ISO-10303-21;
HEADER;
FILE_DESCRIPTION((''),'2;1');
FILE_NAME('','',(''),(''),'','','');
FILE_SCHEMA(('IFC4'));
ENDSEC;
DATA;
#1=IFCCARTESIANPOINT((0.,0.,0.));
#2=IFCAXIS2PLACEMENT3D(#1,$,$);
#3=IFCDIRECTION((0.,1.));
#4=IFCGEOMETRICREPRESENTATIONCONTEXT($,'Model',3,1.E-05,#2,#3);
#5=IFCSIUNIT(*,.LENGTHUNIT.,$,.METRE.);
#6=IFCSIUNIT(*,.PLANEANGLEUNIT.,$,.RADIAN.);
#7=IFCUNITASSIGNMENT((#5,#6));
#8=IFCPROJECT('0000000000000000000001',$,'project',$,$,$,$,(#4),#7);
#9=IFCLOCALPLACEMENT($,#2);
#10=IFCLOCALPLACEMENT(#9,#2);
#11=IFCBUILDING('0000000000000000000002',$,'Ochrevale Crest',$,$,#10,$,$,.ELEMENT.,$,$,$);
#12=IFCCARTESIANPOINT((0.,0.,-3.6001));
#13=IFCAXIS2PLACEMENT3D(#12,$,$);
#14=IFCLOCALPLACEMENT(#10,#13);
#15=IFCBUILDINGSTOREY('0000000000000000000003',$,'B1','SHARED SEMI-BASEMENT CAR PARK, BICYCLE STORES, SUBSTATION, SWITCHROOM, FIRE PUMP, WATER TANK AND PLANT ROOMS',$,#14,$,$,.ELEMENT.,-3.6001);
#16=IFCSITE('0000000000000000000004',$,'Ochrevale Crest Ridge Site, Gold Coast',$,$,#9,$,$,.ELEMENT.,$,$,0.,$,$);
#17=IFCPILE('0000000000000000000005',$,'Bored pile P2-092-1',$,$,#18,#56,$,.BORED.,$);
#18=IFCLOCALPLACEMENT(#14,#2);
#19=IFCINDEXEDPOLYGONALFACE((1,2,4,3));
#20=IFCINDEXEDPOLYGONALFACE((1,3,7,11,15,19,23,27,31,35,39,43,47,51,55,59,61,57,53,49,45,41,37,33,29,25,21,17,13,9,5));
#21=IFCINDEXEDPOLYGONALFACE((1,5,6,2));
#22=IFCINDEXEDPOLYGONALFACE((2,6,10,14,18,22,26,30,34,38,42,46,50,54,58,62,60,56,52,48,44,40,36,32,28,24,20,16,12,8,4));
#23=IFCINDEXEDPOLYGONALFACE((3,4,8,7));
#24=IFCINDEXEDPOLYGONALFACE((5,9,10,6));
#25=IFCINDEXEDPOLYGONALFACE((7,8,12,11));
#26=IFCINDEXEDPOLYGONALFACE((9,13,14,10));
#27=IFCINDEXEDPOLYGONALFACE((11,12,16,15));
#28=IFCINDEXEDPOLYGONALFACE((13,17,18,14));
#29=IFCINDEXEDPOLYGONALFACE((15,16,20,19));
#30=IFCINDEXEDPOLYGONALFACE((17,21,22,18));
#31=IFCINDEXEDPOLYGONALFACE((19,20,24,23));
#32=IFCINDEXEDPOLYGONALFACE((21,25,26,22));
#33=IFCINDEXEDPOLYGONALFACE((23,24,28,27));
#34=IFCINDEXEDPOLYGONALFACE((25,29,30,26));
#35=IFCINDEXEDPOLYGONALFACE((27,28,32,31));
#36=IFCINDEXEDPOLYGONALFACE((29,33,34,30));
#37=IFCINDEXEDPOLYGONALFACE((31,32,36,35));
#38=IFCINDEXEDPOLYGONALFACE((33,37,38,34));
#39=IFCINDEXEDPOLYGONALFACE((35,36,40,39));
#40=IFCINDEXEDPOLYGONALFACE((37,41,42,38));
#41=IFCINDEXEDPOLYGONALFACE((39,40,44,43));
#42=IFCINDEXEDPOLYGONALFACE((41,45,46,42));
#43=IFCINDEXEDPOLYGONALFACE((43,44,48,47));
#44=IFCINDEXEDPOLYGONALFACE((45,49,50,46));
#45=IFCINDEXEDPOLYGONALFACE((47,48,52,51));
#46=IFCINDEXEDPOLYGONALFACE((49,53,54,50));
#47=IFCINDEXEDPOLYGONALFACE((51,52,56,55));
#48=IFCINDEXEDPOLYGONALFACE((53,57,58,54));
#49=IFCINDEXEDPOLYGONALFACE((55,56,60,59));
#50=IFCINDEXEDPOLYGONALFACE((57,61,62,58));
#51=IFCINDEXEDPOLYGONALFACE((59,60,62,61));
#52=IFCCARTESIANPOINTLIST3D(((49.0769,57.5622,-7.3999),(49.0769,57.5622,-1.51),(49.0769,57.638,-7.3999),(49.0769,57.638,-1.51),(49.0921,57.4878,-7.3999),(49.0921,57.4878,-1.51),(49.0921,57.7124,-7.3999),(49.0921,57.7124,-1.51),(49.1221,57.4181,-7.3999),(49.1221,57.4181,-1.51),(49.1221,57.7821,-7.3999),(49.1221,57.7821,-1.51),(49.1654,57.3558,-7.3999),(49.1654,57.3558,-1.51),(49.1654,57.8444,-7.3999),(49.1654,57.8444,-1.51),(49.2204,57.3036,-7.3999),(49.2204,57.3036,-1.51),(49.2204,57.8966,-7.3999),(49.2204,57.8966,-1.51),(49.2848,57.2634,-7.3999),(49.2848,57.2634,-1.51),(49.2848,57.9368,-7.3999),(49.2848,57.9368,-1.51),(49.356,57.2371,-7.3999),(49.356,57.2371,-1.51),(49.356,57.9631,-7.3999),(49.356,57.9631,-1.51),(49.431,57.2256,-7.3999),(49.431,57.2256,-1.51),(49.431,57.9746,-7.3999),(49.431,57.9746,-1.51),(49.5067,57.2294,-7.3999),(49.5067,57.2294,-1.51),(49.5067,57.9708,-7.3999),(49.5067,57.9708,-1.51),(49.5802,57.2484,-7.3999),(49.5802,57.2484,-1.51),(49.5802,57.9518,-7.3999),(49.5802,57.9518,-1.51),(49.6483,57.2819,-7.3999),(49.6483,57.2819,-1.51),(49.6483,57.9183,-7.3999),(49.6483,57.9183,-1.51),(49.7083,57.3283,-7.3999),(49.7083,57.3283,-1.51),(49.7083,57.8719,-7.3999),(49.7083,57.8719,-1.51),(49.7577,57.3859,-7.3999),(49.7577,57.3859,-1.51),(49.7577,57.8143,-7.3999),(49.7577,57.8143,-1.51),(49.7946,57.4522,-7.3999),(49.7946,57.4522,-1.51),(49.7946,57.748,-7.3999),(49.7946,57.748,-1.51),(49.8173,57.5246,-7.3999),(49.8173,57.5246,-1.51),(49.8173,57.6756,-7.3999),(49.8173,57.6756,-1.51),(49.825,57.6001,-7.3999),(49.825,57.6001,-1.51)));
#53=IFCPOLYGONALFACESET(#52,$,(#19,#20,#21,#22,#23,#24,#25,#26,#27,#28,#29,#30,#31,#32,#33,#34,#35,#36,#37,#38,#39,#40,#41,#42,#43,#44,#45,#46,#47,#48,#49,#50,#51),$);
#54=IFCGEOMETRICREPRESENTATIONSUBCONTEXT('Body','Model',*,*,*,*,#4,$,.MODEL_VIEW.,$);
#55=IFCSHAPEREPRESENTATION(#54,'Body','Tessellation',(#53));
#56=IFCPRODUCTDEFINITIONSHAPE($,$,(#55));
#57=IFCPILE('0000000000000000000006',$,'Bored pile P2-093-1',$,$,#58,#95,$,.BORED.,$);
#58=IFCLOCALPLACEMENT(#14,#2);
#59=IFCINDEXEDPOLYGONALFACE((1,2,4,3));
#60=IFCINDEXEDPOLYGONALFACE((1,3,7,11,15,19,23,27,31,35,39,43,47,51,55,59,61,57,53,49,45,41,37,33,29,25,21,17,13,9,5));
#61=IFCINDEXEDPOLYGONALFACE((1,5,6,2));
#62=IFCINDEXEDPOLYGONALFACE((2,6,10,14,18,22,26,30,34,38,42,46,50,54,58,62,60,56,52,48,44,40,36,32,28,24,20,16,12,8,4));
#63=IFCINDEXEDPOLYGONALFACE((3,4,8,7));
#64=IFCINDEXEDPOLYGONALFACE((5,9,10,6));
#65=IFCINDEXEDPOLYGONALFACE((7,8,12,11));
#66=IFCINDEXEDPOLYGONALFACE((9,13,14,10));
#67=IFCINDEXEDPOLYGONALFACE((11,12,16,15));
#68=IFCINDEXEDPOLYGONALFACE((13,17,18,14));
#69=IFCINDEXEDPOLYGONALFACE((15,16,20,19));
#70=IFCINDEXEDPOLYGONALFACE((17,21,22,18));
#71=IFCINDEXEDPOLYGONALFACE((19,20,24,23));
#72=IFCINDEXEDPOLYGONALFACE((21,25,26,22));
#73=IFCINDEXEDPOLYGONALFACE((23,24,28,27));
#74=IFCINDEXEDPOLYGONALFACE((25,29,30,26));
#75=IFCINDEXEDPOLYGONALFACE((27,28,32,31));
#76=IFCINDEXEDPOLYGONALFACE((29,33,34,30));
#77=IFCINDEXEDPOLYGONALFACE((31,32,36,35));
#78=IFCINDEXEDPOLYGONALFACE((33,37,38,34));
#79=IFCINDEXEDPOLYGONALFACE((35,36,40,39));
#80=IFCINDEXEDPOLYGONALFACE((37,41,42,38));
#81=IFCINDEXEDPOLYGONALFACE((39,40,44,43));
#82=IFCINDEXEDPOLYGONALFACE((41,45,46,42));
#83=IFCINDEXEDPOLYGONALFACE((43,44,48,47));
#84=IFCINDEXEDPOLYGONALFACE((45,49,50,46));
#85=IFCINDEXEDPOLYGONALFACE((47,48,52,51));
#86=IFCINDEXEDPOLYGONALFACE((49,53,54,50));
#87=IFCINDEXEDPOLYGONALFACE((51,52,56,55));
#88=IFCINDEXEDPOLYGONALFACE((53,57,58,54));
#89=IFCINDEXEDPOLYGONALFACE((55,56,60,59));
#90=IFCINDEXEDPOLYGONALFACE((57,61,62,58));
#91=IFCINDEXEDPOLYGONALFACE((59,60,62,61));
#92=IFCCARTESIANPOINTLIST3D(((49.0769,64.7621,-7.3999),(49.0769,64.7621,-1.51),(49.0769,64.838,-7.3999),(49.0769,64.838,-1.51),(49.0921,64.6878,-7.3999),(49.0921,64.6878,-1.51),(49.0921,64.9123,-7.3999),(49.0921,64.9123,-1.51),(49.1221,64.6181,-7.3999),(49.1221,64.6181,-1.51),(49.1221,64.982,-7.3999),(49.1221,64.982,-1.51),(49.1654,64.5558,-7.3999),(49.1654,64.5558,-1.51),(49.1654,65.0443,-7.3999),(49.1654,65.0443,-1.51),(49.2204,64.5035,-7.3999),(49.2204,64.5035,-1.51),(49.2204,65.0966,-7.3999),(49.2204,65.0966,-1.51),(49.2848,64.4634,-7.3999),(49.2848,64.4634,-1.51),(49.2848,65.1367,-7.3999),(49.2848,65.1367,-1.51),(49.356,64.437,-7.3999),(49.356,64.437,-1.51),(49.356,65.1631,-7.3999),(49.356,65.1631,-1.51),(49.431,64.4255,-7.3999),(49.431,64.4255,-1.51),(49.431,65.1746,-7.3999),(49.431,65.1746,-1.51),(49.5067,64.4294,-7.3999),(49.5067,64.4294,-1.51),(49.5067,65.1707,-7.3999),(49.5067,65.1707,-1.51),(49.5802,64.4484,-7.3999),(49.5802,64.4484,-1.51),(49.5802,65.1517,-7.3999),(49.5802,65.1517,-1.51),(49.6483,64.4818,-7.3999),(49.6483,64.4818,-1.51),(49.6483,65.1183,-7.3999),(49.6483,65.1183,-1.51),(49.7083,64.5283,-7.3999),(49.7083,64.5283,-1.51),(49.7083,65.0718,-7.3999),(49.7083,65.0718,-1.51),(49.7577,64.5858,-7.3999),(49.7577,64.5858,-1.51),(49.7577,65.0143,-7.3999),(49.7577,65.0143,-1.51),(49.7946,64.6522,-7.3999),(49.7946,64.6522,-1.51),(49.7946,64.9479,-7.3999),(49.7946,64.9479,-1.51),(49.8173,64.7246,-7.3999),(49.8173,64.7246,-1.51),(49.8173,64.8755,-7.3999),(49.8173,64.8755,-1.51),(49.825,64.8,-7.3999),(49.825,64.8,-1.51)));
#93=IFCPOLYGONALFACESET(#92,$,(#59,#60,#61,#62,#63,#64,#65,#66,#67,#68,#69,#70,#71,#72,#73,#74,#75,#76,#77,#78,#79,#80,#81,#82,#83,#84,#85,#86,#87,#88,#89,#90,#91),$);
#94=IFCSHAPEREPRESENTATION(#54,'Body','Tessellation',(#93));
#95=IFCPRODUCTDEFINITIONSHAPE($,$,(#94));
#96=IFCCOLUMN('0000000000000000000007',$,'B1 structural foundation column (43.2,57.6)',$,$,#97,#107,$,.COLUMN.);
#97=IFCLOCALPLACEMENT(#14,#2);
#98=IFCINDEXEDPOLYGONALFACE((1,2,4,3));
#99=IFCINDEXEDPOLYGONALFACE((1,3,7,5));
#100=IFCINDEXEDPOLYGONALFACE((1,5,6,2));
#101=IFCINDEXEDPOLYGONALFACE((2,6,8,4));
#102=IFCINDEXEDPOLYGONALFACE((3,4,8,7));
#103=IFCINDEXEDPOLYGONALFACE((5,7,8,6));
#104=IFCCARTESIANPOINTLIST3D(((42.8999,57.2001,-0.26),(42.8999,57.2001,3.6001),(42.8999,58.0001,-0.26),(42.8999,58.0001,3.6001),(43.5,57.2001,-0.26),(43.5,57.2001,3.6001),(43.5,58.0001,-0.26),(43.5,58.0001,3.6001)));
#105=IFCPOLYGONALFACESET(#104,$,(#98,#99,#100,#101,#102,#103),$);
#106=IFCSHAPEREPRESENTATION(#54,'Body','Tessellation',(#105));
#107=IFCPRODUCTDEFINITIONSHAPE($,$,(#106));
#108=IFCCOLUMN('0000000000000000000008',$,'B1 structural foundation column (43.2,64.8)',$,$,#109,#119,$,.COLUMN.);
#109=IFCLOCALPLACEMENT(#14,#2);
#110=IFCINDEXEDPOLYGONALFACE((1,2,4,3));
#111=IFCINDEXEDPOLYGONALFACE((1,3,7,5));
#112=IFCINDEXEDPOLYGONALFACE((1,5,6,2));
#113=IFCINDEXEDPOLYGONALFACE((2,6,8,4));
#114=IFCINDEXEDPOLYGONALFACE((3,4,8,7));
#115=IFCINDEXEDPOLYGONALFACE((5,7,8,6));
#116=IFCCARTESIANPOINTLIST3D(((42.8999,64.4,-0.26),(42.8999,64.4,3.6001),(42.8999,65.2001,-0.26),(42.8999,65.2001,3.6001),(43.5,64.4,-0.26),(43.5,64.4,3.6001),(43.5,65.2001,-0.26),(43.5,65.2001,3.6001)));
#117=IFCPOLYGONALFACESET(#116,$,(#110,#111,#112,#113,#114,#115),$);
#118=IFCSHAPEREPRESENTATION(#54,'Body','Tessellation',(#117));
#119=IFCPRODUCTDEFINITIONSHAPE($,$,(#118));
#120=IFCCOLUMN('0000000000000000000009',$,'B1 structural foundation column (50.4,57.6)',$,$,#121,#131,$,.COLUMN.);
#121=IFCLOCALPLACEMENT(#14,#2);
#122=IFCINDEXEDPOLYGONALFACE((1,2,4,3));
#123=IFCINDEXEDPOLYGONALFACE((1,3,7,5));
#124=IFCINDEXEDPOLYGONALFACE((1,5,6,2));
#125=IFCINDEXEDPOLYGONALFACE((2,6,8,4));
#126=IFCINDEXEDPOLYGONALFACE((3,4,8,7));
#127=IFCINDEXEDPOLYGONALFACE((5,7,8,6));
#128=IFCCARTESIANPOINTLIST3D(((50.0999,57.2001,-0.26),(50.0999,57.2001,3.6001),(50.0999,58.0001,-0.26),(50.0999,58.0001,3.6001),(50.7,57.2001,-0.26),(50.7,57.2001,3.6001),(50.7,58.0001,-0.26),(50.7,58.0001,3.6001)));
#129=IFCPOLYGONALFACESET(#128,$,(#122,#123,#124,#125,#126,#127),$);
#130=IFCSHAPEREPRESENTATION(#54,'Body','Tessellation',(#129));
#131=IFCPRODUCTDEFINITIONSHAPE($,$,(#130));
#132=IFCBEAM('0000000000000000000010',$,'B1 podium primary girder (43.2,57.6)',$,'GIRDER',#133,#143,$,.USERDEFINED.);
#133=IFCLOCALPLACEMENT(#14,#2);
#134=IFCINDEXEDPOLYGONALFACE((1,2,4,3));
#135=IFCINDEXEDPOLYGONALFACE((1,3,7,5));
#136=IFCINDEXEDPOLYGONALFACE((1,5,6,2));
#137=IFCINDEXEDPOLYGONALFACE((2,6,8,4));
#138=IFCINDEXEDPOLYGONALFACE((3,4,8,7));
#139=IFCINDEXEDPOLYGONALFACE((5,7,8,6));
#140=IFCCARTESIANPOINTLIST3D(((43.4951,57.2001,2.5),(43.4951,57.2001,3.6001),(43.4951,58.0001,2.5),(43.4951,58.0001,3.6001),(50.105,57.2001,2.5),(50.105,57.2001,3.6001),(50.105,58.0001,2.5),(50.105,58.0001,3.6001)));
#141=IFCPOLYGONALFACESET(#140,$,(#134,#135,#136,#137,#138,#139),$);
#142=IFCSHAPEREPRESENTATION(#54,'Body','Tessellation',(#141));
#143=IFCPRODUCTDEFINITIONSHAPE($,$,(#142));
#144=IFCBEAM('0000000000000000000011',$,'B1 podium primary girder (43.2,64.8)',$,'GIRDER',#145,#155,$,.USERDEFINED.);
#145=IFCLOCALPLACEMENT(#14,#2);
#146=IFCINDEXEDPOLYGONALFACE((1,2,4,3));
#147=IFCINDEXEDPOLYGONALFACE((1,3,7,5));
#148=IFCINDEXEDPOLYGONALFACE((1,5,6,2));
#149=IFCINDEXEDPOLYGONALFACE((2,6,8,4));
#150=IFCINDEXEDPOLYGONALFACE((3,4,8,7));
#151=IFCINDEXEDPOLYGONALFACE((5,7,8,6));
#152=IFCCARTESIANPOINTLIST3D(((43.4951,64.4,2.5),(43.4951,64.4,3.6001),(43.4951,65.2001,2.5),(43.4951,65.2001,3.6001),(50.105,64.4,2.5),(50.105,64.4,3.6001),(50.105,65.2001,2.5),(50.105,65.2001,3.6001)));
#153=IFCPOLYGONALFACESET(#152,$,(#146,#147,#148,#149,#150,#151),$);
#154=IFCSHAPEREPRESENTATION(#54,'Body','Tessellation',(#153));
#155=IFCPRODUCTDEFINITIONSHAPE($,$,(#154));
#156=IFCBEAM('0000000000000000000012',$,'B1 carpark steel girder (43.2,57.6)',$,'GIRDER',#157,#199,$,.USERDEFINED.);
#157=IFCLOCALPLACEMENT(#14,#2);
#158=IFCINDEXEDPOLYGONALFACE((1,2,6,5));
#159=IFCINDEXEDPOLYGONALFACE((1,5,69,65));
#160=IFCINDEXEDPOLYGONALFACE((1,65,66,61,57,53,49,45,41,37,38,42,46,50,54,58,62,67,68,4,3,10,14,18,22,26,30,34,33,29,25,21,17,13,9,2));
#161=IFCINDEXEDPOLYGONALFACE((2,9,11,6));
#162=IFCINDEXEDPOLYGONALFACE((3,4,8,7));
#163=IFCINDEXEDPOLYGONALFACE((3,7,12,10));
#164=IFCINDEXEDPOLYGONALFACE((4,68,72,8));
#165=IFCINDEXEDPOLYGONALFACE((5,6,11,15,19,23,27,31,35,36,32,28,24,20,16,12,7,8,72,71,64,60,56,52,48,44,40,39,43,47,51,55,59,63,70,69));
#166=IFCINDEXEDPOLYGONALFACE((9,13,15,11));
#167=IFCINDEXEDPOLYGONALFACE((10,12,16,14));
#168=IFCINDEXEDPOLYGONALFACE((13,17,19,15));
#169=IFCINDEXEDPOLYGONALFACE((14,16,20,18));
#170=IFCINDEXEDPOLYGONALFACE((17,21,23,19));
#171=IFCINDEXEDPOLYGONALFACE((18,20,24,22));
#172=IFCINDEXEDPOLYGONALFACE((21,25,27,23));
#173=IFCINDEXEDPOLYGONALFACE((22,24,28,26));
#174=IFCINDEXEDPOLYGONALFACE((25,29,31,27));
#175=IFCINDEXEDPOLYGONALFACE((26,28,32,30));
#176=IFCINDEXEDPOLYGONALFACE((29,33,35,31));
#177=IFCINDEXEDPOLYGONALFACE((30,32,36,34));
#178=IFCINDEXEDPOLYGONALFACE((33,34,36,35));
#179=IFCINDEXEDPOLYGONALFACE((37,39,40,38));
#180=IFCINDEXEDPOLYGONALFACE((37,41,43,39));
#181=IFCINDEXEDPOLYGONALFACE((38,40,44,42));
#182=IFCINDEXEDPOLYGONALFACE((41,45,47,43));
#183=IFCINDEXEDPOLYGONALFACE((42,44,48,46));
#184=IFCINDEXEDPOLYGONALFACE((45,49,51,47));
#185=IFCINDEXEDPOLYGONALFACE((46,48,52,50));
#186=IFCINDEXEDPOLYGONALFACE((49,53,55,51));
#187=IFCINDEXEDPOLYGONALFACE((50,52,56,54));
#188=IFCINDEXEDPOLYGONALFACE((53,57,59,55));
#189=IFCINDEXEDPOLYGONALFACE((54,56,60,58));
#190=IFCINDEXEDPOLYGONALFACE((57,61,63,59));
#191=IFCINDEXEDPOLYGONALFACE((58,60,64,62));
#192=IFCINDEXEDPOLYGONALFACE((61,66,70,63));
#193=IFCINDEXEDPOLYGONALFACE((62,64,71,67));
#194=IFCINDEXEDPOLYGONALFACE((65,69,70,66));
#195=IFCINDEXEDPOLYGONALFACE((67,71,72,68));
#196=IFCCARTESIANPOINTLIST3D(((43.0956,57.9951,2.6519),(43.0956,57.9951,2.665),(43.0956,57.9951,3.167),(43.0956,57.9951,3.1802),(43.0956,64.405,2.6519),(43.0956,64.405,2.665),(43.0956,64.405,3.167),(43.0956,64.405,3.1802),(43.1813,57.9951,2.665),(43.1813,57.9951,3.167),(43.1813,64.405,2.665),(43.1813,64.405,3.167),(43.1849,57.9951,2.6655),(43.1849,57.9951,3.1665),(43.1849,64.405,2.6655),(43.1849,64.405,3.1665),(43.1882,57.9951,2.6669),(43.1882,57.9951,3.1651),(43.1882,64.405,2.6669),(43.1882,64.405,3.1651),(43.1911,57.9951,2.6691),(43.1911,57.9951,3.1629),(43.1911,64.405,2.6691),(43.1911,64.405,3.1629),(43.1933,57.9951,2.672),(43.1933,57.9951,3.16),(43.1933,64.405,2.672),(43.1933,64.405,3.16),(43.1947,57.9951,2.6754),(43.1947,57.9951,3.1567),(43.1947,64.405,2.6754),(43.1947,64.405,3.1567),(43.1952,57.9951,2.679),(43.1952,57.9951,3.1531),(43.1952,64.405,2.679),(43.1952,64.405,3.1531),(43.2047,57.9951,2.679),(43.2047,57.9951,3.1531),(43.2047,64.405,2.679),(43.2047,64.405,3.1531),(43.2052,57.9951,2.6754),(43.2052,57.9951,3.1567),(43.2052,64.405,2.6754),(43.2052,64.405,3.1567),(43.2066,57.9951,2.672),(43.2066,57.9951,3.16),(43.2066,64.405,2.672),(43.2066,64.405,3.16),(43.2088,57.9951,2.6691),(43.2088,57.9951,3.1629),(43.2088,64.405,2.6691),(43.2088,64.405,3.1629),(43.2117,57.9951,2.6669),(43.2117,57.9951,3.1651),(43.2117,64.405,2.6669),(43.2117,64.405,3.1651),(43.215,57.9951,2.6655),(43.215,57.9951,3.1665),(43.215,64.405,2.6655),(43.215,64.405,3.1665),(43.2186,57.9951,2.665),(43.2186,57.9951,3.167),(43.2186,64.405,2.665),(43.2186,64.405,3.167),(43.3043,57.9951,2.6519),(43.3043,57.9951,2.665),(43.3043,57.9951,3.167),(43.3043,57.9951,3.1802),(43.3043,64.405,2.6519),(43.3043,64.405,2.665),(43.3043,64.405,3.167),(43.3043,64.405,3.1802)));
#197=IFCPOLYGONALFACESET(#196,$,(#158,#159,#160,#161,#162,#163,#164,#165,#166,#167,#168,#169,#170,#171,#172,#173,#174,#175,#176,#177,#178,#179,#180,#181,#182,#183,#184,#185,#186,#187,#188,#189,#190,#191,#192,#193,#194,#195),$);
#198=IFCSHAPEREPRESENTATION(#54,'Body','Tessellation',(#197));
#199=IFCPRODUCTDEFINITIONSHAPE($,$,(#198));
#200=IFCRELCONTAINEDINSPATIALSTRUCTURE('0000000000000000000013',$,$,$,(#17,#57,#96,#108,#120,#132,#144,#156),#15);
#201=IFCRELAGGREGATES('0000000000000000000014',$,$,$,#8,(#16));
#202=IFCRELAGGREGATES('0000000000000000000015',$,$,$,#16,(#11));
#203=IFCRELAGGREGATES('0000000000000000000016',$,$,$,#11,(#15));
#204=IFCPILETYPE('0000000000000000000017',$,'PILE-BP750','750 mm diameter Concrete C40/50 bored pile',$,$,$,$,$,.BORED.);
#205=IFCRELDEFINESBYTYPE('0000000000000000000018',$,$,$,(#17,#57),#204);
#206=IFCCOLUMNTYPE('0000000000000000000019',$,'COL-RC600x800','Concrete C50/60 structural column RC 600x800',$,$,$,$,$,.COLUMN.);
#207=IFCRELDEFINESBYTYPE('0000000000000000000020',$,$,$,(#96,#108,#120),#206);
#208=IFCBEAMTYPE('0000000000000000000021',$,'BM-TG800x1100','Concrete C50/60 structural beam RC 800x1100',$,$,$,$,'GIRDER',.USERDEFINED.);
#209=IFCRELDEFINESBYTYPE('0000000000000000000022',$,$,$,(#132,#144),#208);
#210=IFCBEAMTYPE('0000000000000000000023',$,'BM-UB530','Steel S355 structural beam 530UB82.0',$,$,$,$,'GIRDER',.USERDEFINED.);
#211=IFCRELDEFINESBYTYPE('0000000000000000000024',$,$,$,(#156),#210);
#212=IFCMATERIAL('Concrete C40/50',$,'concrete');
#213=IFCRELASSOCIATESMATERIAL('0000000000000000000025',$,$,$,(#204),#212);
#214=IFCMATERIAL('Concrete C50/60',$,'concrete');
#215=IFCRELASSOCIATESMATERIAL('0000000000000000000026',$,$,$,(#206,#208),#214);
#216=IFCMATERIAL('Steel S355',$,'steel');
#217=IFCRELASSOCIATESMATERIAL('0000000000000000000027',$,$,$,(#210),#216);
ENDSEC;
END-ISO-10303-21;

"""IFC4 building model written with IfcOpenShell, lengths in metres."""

from ifc_helpers import new_model, si_unit, direction, frame, origin, origin_2d, place, context, subcontext, project, spatial, rectangle, circle, i_section, extrude, material, material_profile, profile_set, type_object, element, save


model = new_model("IFC4")

# Units and contexts
model_context = context("Model", 3, precision=1e-05, world=origin(), true_north=direction((0.0, 1.0)))
body_context = subcontext(model_context, "Body", "Model", "MODEL_VIEW")
ifc_project = project(units=[si_unit("LENGTHUNIT", "METRE"), si_unit("PLANEANGLEUNIT", "RADIAN")], contexts=[model_context])

# Site, building, storey
site_placement = place(None, origin())
site = spatial("IfcSite", under=ifc_project, at=site_placement, Name="Ochrevale Crest Ridge Site, Gold Coast", CompositionType="ELEMENT", RefElevation=0.0)
building_placement = place(site_placement, origin())
building = spatial("IfcBuilding", under=site, at=building_placement, Name="Ochrevale Crest", CompositionType="ELEMENT")
storey_placement = place(building_placement, frame((0.0, 0.0, -3.6001)))
storey = spatial("IfcBuildingStorey", under=building, at=storey_placement, Name="B1", Description="SHARED SEMI-BASEMENT CAR PARK, BICYCLE STORES, SUBSTATION, SWITCHROOM, FIRE PUMP, WATER TANK AND PLANT ROOMS", CompositionType="ELEMENT", Elevation=-3.6001)

# Shared definitions
ifc_material_1 = material(Name="Concrete C40/50", Category="concrete")

# Piles
ifc_material_profile_1 = material_profile(ifc_material_1, circle(Radius=0.375, at=origin_2d()), Name="BORED PILE 750")
ifc_profile_set_1 = profile_set([ifc_material_profile_1], Name="Concrete C40/50")
pile_type = type_object("IfcPileType", Name="PILE-BP750", Description="750 mm diameter Concrete C40/50 bored pile", PredefinedType="BORED", material=ifc_profile_set_1)
for number, where, z_axis, x_axis, name in (
    (1, (49.45, 57.6001, -1.51), (0.0, 0.0, -1.0), (1.0, 0.0, 0.0), "Bored pile P2-092-1"),
    (2, (49.45, 64.8, -1.51), (0.0, 0.0, -1.0), (1.0, 0.0, 0.0), "Bored pile P2-093-1"),
):
    element("IfcPile", number, at=place(storey_placement, frame(where, z_axis=z_axis, x_axis=x_axis)), inside=storey, type_object=pile_type, Name=name, PredefinedType="BORED", context=body_context, shape_type="SweptSolid", body=[
        extrude(circle(Radius=0.375, at=origin_2d()), origin(), (0.0, 0.0, 1.0), 5.8899),
    ])

# Columns
ifc_material_2 = material(Name="Concrete C50/60", Category="concrete")
ifc_material_profile_2 = material_profile(ifc_material_2, rectangle(XDim=0.6001, YDim=0.8, at=origin_2d()), Name="RC 600x800")
ifc_profile_set_2 = profile_set([ifc_material_profile_2], Name="Concrete C50/60")
column_type = type_object("IfcColumnType", Name="COL-RC600x800", Description="Concrete C50/60 structural column RC 600x800", PredefinedType="COLUMN", material=ifc_profile_set_2)
for number, where, z_axis, x_axis, name in (
    (3, (43.2, 57.6001, -0.26), (0.0, 0.0, 1.0), (1.0, 0.0, 0.0), "B1 structural foundation column (43.2,57.6)"),
    (4, (43.2, 64.8, -0.26), (0.0, 0.0, 1.0), (1.0, 0.0, 0.0), "B1 structural foundation column (43.2,64.8)"),
    (5, (50.3999, 57.6001, -0.26), (0.0, 0.0, 1.0), (1.0, 0.0, 0.0), "B1 structural foundation column (50.4,57.6)"),
):
    element("IfcColumn", number, at=place(storey_placement, frame(where, z_axis=z_axis, x_axis=x_axis)), inside=storey, type_object=column_type, Name=name, PredefinedType="COLUMN", context=body_context, shape_type="SweptSolid", body=[
        extrude(rectangle(XDim=0.6001, YDim=0.8, at=origin_2d()), origin(), (0.0, 0.0, 1.0), 3.8601),
    ])

# Beams
ifc_material_profile_3 = material_profile(ifc_material_2, rectangle(XDim=0.8, YDim=1.1001, at=origin_2d()), Name="RC 800x1100")
ifc_profile_set_3 = profile_set([ifc_material_profile_3], Name="Concrete C50/60")
beam_type_1 = type_object("IfcBeamType", Name="BM-TG800x1100", Description="Concrete C50/60 structural beam RC 800x1100", ElementType="GIRDER", PredefinedType="USERDEFINED", material=ifc_profile_set_3)
for number, where, z_axis, x_axis, name in (
    (6, (43.4951, 57.6001, 3.05), (1.0, 0.0, 0.0), (0.0, 1.0, 0.0), "B1 podium primary girder (43.2,57.6)"),
    (7, (43.4951, 64.8, 3.05), (1.0, 0.0, 0.0), (0.0, 1.0, 0.0), "B1 podium primary girder (43.2,64.8)"),
):
    element("IfcBeam", number, at=place(storey_placement, frame(where, z_axis=z_axis, x_axis=x_axis)), inside=storey, type_object=beam_type_1, Name=name, ObjectType="GIRDER", PredefinedType="USERDEFINED", context=body_context, shape_type="SweptSolid", body=[
        extrude(rectangle(XDim=0.8, YDim=1.1001, at=origin_2d()), origin(), (0.0, 0.0, 1.0), 6.6099),
    ])
ifc_material_3 = material(Name="Steel S355", Category="steel")
ifc_material_profile_4 = material_profile(ifc_material_3, i_section(OverallWidth=0.2087, OverallDepth=0.5283, WebThickness=0.0095, FlangeThickness=0.0132, FilletRadius=0.0139, at=origin_2d()), Name="530UB82.0")
ifc_profile_set_4 = profile_set([ifc_material_profile_4], Name="Steel S355")
beam_type_2 = type_object("IfcBeamType", Name="BM-UB530", Description="Steel S355 structural beam 530UB82.0", ElementType="GIRDER", PredefinedType="USERDEFINED", material=ifc_profile_set_4)
for number, where, z_axis, x_axis, name in (
    (8, (43.2, 57.9951, 2.916), (0.0, 1.0, 0.0), (-1.0, 0.0, 0.0), "B1 carpark steel girder (43.2,57.6)"),
):
    element("IfcBeam", number, at=place(storey_placement, frame(where, z_axis=z_axis, x_axis=x_axis)), inside=storey, type_object=beam_type_2, Name=name, ObjectType="GIRDER", PredefinedType="USERDEFINED", context=body_context, shape_type="SweptSolid", body=[
        extrude(i_section(OverallWidth=0.2087, OverallDepth=0.5283, WebThickness=0.0095, FlangeThickness=0.0132, FilletRadius=0.0139, at=origin_2d()), origin(), (0.0, 0.0, 1.0), 6.4099),
    ])

save(model, "model.ifc")
